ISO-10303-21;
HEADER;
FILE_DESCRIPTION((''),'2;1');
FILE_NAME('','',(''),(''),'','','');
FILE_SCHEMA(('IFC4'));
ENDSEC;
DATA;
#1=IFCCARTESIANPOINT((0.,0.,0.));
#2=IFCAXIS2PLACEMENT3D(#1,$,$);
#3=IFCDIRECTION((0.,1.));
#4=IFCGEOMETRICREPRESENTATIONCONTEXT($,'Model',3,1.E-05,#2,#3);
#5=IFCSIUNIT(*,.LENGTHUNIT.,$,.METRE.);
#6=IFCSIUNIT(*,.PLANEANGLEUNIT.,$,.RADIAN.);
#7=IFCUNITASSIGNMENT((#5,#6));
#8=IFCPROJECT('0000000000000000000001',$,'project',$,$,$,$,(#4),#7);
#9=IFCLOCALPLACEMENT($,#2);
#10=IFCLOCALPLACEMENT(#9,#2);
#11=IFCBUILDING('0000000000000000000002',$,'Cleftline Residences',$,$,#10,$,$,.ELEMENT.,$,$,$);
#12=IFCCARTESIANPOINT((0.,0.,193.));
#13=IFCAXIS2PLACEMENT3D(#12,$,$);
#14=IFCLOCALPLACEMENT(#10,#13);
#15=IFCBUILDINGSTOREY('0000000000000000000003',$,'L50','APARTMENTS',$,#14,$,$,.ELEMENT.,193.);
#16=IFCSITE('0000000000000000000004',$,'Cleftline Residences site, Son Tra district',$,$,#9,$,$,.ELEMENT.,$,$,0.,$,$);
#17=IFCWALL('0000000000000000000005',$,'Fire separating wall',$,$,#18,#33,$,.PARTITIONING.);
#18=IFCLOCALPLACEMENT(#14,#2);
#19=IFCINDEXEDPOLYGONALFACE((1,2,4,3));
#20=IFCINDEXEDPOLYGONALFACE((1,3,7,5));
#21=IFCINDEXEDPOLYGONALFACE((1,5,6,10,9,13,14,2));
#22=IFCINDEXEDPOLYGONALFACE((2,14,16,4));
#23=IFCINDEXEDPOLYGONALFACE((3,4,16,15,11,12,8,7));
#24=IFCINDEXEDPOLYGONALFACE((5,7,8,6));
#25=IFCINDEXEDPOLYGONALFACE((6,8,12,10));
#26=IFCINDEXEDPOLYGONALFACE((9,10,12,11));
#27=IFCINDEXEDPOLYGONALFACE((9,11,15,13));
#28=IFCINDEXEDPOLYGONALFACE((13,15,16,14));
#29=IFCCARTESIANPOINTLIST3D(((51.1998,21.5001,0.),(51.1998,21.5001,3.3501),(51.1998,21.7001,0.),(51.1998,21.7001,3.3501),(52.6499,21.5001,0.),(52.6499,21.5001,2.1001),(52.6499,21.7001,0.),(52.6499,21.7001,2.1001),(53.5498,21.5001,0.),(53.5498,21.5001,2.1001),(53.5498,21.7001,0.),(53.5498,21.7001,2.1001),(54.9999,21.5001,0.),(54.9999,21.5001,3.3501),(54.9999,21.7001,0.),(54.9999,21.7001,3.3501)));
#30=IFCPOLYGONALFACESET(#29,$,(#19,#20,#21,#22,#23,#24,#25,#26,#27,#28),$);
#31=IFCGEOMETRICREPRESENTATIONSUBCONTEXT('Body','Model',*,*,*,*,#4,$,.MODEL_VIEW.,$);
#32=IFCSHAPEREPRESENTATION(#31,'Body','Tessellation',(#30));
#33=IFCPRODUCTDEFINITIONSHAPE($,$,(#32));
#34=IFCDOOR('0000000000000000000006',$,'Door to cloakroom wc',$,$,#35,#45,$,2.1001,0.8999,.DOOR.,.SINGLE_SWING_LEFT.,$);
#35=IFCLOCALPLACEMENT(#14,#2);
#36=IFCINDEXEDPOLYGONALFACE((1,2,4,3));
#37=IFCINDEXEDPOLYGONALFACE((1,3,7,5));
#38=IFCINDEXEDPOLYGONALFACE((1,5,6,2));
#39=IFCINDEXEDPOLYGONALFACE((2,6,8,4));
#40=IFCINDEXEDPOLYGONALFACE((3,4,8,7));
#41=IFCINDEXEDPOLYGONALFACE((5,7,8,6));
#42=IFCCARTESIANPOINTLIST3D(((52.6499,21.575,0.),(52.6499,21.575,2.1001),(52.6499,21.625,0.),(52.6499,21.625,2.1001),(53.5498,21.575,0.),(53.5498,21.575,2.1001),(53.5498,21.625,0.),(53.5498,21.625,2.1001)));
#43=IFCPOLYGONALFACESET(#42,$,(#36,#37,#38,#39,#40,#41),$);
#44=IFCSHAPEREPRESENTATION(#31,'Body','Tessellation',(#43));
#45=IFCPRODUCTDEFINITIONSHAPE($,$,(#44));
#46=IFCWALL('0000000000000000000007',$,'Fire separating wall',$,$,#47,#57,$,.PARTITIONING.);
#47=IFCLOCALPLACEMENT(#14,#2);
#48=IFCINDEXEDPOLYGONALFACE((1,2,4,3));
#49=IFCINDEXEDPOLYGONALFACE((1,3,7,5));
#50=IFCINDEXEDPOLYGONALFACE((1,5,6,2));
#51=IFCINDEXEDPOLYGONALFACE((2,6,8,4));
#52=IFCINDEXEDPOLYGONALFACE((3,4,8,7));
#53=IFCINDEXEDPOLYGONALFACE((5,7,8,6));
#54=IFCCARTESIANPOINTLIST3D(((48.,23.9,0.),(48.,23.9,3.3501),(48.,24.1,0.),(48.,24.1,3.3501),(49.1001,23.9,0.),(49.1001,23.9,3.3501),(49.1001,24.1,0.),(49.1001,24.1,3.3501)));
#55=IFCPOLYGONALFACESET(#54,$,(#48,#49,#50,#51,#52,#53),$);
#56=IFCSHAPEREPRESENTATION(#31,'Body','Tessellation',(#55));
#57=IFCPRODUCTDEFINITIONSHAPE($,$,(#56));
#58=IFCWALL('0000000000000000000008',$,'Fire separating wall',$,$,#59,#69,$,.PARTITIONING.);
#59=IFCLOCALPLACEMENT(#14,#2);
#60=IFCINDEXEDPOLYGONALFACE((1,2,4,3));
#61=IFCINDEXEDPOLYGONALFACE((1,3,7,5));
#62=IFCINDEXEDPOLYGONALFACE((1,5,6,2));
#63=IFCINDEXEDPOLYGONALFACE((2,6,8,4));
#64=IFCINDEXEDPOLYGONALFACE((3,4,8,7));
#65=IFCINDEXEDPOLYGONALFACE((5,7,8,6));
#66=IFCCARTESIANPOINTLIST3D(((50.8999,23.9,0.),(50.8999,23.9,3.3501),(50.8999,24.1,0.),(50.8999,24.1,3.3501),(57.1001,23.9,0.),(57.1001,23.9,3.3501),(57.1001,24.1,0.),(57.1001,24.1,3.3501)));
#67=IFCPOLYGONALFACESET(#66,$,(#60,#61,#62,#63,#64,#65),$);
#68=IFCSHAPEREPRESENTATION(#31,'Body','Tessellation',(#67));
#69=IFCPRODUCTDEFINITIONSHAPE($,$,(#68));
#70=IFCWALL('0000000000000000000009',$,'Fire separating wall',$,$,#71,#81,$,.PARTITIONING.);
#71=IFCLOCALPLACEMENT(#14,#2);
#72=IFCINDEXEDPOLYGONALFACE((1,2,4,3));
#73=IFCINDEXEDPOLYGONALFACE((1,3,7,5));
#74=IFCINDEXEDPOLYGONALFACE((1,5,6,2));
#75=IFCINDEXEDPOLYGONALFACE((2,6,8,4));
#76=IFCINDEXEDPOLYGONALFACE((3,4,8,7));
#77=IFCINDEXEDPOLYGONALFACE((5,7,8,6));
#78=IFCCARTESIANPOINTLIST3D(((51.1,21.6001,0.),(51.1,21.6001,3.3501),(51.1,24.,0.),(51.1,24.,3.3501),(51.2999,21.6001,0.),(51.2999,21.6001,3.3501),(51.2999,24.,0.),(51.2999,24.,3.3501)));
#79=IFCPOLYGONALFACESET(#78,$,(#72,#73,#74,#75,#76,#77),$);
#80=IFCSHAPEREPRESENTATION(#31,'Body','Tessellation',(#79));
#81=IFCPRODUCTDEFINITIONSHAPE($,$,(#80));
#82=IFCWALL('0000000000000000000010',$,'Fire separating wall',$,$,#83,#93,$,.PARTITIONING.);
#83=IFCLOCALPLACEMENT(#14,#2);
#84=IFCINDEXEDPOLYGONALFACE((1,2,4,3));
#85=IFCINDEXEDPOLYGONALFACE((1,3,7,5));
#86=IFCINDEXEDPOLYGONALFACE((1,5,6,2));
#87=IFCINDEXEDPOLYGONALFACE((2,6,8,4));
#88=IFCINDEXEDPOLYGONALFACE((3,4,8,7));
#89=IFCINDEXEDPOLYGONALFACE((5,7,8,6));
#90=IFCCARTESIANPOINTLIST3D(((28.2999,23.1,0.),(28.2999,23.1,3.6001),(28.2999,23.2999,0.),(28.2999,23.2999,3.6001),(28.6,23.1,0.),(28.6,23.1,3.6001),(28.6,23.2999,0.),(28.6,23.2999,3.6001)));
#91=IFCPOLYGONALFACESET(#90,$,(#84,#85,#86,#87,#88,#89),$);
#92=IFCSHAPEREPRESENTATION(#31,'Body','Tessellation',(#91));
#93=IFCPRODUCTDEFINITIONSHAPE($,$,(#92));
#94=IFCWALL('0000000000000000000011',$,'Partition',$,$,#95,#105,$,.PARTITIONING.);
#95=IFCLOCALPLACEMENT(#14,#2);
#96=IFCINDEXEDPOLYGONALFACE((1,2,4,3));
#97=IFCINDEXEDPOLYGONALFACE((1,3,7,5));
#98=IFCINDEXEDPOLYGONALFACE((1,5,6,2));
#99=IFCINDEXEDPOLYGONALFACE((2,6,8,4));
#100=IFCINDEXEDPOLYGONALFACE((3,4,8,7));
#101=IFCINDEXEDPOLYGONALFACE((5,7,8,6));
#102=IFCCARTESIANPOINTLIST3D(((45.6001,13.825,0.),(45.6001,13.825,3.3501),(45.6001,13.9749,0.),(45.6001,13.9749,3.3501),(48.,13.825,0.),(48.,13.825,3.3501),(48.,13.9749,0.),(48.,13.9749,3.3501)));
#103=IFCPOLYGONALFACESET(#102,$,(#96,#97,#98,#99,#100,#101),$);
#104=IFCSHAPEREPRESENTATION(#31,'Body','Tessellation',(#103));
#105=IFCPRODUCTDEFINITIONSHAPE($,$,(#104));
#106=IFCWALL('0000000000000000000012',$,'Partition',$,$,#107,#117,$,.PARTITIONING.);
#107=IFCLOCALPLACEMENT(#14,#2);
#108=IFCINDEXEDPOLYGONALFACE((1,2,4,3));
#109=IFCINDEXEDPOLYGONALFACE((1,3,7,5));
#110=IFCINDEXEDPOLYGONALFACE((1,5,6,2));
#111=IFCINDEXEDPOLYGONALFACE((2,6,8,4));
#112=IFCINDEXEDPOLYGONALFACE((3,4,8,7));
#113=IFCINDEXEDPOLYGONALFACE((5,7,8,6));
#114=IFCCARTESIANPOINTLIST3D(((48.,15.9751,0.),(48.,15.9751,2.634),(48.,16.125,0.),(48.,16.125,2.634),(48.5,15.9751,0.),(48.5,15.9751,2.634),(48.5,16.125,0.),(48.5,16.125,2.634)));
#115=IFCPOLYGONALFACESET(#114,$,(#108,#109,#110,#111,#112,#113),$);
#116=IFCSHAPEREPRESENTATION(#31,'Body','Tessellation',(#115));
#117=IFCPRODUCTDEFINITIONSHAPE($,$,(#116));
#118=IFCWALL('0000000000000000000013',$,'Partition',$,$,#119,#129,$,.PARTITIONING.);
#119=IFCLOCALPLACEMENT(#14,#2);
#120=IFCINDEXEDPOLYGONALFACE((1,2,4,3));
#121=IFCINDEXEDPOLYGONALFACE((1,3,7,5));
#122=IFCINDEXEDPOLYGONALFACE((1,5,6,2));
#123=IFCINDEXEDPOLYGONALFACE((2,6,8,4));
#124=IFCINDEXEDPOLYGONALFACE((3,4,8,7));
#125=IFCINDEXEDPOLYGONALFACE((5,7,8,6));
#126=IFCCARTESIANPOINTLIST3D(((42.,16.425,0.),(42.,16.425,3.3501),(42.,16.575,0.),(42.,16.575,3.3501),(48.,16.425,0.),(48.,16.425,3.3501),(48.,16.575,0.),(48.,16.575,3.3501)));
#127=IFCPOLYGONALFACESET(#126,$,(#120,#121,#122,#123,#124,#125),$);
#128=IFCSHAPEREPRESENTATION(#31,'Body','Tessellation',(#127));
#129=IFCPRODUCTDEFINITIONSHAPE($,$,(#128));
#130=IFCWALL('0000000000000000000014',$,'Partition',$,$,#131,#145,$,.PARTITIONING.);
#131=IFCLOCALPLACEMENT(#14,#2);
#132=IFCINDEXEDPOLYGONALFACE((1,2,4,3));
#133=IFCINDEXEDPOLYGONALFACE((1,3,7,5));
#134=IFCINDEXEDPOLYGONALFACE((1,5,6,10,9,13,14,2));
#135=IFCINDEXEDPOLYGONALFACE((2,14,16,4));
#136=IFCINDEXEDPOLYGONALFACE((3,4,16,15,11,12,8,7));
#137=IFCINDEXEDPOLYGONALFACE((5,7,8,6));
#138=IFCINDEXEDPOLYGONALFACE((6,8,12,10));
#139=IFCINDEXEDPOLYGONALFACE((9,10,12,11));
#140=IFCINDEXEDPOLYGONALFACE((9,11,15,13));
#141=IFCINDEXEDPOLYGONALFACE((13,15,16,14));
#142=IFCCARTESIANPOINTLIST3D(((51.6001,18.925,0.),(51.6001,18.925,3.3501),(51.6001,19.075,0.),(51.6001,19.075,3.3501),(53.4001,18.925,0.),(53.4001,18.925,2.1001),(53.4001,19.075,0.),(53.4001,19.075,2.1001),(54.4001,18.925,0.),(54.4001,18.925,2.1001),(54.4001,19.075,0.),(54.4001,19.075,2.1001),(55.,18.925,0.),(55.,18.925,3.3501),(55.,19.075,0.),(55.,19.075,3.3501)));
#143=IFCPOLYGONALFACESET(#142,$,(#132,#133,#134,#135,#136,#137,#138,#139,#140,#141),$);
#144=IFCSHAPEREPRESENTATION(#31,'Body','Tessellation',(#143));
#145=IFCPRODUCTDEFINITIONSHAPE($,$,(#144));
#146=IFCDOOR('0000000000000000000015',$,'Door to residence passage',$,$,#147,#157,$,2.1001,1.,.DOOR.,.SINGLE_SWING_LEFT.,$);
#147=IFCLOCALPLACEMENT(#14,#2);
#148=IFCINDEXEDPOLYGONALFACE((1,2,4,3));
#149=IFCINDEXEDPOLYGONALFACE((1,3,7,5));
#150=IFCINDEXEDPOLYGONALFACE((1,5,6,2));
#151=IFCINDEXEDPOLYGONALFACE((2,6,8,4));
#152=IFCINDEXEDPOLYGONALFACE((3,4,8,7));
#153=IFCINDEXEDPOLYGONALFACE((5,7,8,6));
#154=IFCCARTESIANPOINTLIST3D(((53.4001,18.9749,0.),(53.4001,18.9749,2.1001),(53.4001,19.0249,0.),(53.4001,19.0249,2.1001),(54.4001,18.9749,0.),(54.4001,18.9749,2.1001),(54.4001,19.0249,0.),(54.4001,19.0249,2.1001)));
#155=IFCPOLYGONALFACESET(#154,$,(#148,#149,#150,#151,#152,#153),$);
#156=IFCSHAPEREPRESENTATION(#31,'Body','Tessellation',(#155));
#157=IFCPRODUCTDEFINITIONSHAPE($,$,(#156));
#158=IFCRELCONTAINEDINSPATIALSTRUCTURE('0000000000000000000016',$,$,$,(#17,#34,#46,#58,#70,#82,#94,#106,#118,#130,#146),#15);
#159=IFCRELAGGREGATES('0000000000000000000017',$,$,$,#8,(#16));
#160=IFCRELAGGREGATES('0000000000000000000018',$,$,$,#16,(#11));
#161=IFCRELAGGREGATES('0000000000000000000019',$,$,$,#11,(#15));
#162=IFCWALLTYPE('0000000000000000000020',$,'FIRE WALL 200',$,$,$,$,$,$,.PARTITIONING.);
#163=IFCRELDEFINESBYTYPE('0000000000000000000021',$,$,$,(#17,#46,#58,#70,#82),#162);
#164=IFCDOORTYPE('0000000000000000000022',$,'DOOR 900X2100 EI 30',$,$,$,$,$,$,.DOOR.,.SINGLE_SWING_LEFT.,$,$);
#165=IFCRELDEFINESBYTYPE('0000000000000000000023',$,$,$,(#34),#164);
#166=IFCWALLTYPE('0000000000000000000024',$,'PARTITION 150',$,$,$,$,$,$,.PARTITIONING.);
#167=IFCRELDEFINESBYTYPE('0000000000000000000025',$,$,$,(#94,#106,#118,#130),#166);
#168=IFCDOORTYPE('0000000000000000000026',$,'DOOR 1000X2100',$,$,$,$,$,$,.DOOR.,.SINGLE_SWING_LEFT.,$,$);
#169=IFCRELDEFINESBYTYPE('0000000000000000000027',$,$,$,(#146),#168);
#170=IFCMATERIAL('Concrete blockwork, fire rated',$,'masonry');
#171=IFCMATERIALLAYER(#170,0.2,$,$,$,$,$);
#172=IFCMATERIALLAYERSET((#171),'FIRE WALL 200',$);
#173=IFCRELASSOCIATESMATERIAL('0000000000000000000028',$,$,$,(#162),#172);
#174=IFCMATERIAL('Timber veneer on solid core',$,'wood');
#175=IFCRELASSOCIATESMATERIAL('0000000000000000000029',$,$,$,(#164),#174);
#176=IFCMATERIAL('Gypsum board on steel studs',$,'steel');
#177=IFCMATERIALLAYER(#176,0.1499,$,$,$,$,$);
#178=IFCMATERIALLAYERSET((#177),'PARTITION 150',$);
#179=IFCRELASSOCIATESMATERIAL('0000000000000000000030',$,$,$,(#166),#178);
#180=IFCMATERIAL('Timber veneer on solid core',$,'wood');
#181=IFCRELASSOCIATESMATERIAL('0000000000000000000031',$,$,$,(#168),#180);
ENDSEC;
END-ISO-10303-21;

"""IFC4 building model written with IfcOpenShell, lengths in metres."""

from ifc_helpers import new_model, si_unit, direction, frame, frame_2d, origin, place, context, subcontext, project, spatial, rectangle, extrude, material, layer, layer_set, type_object, element, fill, save


model = new_model("IFC4")

# Units and contexts
model_context = context("Model", 3, precision=1e-05, world=origin(), true_north=direction((0.0, 1.0)))
body_context = subcontext(model_context, "Body", "Model", "MODEL_VIEW")
ifc_project = project(units=[si_unit("LENGTHUNIT", "METRE"), si_unit("PLANEANGLEUNIT", "RADIAN")], contexts=[model_context])

# Site, building, storey
site_placement = place(None, origin())
site = spatial("IfcSite", under=ifc_project, at=site_placement, Name="Cleftline Residences site, Son Tra district", CompositionType="ELEMENT", RefElevation=0.0)
building_placement = place(site_placement, origin())
building = spatial("IfcBuilding", under=site, at=building_placement, Name="Cleftline Residences", CompositionType="ELEMENT")
storey_placement = place(building_placement, frame((0.0, 0.0, 193.0)))
storey = spatial("IfcBuildingStorey", under=building, at=storey_placement, Name="L50", Description="APARTMENTS", CompositionType="ELEMENT", Elevation=193.0)

# Shared definitions
ifc_material_1 = material(Name="Concrete blockwork, fire rated", Category="masonry")
ifc_layer_1 = layer(ifc_material_1, 0.2)
ifc_layer_set_1 = layer_set([ifc_layer_1], Name="FIRE WALL 200")
wall_type_1 = type_object("IfcWallType", Name="FIRE WALL 200", PredefinedType="PARTITIONING", material=ifc_layer_set_1)

# Wall, opening, door
wall_1_placement = place(storey_placement, frame((51.2, 21.6001, 0.0), z_axis=(0.0, 0.0, 1.0), x_axis=(1.0, 0.0, 0.0)))
wall_1 = element("IfcWall", 1, at=wall_1_placement, inside=storey, type_object=wall_type_1, Name="Fire separating wall", PredefinedType="PARTITIONING", context=body_context, shape_type="SweptSolid", body=[
    extrude(rectangle(XDim=3.8, YDim=0.2, at=frame_2d((1.8999, 0.0))), origin(), (0.0, 0.0, 1.0), 3.3501),
])
opening_1_placement = place(wall_1_placement, frame((1.45, 0.0, 0.0)))
opening_1 = element("IfcOpeningElement", 2, at=opening_1_placement, cuts=wall_1, PredefinedType="OPENING", context=body_context, shape_type="SweptSolid", body=[
    extrude(rectangle(XDim=0.8999, YDim=2.1001, at=frame_2d((0.45, 1.05))), frame((0.0, 0.1099, 0.0), z_axis=(0.0, -1.0, 0.0), x_axis=(1.0, 0.0, 0.0)), (0.0, 0.0, 1.0), 0.22),
])
ifc_material_2 = material(Name="Timber veneer on solid core", Category="wood")
door_type_1 = type_object("IfcDoorType", Name="DOOR 900X2100 EI 30", OperationType="SINGLE_SWING_LEFT", PredefinedType="DOOR", material=ifc_material_2)
door_1_placement = place(opening_1_placement, origin())
door_1 = element("IfcDoor", 3, at=door_1_placement, inside=storey, type_object=door_type_1, Name="Door to cloakroom wc", OperationType="SINGLE_SWING_LEFT", OverallHeight=2.1001, OverallWidth=0.8999, PredefinedType="DOOR", context=body_context, shape_type="SweptSolid", body=[
    extrude(rectangle(XDim=0.8999, YDim=2.1001, at=frame_2d((0.45, 1.05))), frame((0.0, 0.0249, 0.0), z_axis=(0.0, -1.0, 0.0), x_axis=(1.0, 0.0, 0.0)), (0.0, 0.0, 1.0), 0.05),
])
fill(opening_1, door_1)

# Walls
wall_2_placement = place(storey_placement, frame((48.0, 24.0, 0.0), z_axis=(0.0, 0.0, 1.0), x_axis=(1.0, 0.0, 0.0)))
element("IfcWall", 4, at=wall_2_placement, inside=storey, type_object=wall_type_1, Name="Fire separating wall", PredefinedType="PARTITIONING", context=body_context, shape_type="SweptSolid", body=[
    extrude(rectangle(XDim=1.1001, YDim=0.2, at=frame_2d((0.55, 0.0))), origin(), (0.0, 0.0, 1.0), 3.3501),
])
wall_3_placement = place(storey_placement, frame((50.8999, 24.0, 0.0), z_axis=(0.0, 0.0, 1.0), x_axis=(1.0, 0.0, 0.0)))
element("IfcWall", 5, at=wall_3_placement, inside=storey, type_object=wall_type_1, Name="Fire separating wall", PredefinedType="PARTITIONING", context=body_context, shape_type="SweptSolid", body=[
    extrude(rectangle(XDim=6.2002, YDim=0.2, at=frame_2d((3.1001, 0.0))), origin(), (0.0, 0.0, 1.0), 3.3501),
])

# Walls
wall_4_placement = place(storey_placement, frame((51.2, 21.6001, 0.0), z_axis=(0.0, 0.0, 1.0), x_axis=(0.0, 1.0, 0.0)))
element("IfcWall", 6, at=wall_4_placement, inside=storey, type_object=wall_type_1, Name="Fire separating wall", PredefinedType="PARTITIONING", context=body_context, shape_type="SweptSolid", body=[
    extrude(rectangle(XDim=2.3999, YDim=0.2, at=frame_2d((1.2, 0.0))), origin(), (0.0, 0.0, 1.0), 3.3501),
])
wall_5_placement = place(storey_placement, frame((28.3, 23.2, 0.0), z_axis=(0.0, 0.0, 1.0), x_axis=(1.0, 0.0, 0.0)))
element("IfcWall", 7, at=wall_5_placement, inside=storey, type_object=wall_type_1, Name="Fire separating wall", PredefinedType="PARTITIONING", context=body_context, shape_type="SweptSolid", body=[
    extrude(rectangle(XDim=0.3, YDim=0.2, at=frame_2d((0.1499, 0.0))), origin(), (0.0, 0.0, 1.0), 3.6001),
])
ifc_material_3 = material(Name="Gypsum board on steel studs", Category="steel")
ifc_layer_2 = layer(ifc_material_3, 0.1499)
ifc_layer_set_2 = layer_set([ifc_layer_2], Name="PARTITION 150")
wall_type_2 = type_object("IfcWallType", Name="PARTITION 150", PredefinedType="PARTITIONING", material=ifc_layer_set_2)
wall_6_placement = place(storey_placement, frame((45.6001, 13.8999, 0.0), z_axis=(0.0, 0.0, 1.0), x_axis=(1.0, 0.0, 0.0)))
element("IfcWall", 8, at=wall_6_placement, inside=storey, type_object=wall_type_2, Name="Partition", PredefinedType="PARTITIONING", context=body_context, shape_type="SweptSolid", body=[
    extrude(rectangle(XDim=2.3999, YDim=0.1499, at=frame_2d((1.2, 0.0))), origin(), (0.0, 0.0, 1.0), 3.3501),
])
wall_7_placement = place(storey_placement, frame((48.0, 16.05, 0.0), z_axis=(0.0, 0.0, 1.0), x_axis=(1.0, 0.0, 0.0)))
element("IfcWall", 9, at=wall_7_placement, inside=storey, type_object=wall_type_2, Name="Partition", PredefinedType="PARTITIONING", context=body_context, shape_type="SweptSolid", body=[
    extrude(rectangle(XDim=0.5, YDim=0.1499, at=frame_2d((0.25, 0.0))), origin(), (0.0, 0.0, 1.0), 2.634),
])
wall_8_placement = place(storey_placement, frame((42.0, 16.5, 0.0), z_axis=(0.0, 0.0, 1.0), x_axis=(1.0, 0.0, 0.0)))
element("IfcWall", 10, at=wall_8_placement, inside=storey, type_object=wall_type_2, Name="Partition", PredefinedType="PARTITIONING", context=body_context, shape_type="SweptSolid", body=[
    extrude(rectangle(XDim=6.0, YDim=0.1499, at=frame_2d((3.0, 0.0))), origin(), (0.0, 0.0, 1.0), 3.3501),
])

# Wall, opening, door
wall_9_placement = place(storey_placement, frame((51.6001, 19.0, 0.0), z_axis=(0.0, 0.0, 1.0), x_axis=(1.0, 0.0, 0.0)))
wall_9 = element("IfcWall", 11, at=wall_9_placement, inside=storey, type_object=wall_type_2, Name="Partition", PredefinedType="PARTITIONING", context=body_context, shape_type="SweptSolid", body=[
    extrude(rectangle(XDim=3.3999, YDim=0.1499, at=frame_2d((1.7, 0.0))), origin(), (0.0, 0.0, 1.0), 3.3501),
])
opening_2_placement = place(wall_9_placement, frame((1.8, 0.0, 0.0)))
opening_2 = element("IfcOpeningElement", 12, at=opening_2_placement, cuts=wall_9, PredefinedType="OPENING", context=body_context, shape_type="SweptSolid", body=[
    extrude(rectangle(XDim=1.0, YDim=2.1001, at=frame_2d((0.5, 1.05))), frame((0.0, 0.085, 0.0), z_axis=(0.0, -1.0, 0.0), x_axis=(1.0, 0.0, 0.0)), (0.0, 0.0, 1.0), 0.1699),
])
ifc_material_4 = material(Name="Timber veneer on solid core", Category="wood")
door_type_2 = type_object("IfcDoorType", Name="DOOR 1000X2100", OperationType="SINGLE_SWING_LEFT", PredefinedType="DOOR", material=ifc_material_4)
door_2_placement = place(opening_2_placement, origin())
door_2 = element("IfcDoor", 13, at=door_2_placement, inside=storey, type_object=door_type_2, Name="Door to residence passage", OperationType="SINGLE_SWING_LEFT", OverallHeight=2.1001, OverallWidth=1.0, PredefinedType="DOOR", context=body_context, shape_type="SweptSolid", body=[
    extrude(rectangle(XDim=1.0, YDim=2.1001, at=frame_2d((0.5, 1.05))), frame((0.0, 0.0249, 0.0), z_axis=(0.0, -1.0, 0.0), x_axis=(1.0, 0.0, 0.0)), (0.0, 0.0, 1.0), 0.05),
])
fill(opening_2, door_2)

save(model, "model.ifc")
